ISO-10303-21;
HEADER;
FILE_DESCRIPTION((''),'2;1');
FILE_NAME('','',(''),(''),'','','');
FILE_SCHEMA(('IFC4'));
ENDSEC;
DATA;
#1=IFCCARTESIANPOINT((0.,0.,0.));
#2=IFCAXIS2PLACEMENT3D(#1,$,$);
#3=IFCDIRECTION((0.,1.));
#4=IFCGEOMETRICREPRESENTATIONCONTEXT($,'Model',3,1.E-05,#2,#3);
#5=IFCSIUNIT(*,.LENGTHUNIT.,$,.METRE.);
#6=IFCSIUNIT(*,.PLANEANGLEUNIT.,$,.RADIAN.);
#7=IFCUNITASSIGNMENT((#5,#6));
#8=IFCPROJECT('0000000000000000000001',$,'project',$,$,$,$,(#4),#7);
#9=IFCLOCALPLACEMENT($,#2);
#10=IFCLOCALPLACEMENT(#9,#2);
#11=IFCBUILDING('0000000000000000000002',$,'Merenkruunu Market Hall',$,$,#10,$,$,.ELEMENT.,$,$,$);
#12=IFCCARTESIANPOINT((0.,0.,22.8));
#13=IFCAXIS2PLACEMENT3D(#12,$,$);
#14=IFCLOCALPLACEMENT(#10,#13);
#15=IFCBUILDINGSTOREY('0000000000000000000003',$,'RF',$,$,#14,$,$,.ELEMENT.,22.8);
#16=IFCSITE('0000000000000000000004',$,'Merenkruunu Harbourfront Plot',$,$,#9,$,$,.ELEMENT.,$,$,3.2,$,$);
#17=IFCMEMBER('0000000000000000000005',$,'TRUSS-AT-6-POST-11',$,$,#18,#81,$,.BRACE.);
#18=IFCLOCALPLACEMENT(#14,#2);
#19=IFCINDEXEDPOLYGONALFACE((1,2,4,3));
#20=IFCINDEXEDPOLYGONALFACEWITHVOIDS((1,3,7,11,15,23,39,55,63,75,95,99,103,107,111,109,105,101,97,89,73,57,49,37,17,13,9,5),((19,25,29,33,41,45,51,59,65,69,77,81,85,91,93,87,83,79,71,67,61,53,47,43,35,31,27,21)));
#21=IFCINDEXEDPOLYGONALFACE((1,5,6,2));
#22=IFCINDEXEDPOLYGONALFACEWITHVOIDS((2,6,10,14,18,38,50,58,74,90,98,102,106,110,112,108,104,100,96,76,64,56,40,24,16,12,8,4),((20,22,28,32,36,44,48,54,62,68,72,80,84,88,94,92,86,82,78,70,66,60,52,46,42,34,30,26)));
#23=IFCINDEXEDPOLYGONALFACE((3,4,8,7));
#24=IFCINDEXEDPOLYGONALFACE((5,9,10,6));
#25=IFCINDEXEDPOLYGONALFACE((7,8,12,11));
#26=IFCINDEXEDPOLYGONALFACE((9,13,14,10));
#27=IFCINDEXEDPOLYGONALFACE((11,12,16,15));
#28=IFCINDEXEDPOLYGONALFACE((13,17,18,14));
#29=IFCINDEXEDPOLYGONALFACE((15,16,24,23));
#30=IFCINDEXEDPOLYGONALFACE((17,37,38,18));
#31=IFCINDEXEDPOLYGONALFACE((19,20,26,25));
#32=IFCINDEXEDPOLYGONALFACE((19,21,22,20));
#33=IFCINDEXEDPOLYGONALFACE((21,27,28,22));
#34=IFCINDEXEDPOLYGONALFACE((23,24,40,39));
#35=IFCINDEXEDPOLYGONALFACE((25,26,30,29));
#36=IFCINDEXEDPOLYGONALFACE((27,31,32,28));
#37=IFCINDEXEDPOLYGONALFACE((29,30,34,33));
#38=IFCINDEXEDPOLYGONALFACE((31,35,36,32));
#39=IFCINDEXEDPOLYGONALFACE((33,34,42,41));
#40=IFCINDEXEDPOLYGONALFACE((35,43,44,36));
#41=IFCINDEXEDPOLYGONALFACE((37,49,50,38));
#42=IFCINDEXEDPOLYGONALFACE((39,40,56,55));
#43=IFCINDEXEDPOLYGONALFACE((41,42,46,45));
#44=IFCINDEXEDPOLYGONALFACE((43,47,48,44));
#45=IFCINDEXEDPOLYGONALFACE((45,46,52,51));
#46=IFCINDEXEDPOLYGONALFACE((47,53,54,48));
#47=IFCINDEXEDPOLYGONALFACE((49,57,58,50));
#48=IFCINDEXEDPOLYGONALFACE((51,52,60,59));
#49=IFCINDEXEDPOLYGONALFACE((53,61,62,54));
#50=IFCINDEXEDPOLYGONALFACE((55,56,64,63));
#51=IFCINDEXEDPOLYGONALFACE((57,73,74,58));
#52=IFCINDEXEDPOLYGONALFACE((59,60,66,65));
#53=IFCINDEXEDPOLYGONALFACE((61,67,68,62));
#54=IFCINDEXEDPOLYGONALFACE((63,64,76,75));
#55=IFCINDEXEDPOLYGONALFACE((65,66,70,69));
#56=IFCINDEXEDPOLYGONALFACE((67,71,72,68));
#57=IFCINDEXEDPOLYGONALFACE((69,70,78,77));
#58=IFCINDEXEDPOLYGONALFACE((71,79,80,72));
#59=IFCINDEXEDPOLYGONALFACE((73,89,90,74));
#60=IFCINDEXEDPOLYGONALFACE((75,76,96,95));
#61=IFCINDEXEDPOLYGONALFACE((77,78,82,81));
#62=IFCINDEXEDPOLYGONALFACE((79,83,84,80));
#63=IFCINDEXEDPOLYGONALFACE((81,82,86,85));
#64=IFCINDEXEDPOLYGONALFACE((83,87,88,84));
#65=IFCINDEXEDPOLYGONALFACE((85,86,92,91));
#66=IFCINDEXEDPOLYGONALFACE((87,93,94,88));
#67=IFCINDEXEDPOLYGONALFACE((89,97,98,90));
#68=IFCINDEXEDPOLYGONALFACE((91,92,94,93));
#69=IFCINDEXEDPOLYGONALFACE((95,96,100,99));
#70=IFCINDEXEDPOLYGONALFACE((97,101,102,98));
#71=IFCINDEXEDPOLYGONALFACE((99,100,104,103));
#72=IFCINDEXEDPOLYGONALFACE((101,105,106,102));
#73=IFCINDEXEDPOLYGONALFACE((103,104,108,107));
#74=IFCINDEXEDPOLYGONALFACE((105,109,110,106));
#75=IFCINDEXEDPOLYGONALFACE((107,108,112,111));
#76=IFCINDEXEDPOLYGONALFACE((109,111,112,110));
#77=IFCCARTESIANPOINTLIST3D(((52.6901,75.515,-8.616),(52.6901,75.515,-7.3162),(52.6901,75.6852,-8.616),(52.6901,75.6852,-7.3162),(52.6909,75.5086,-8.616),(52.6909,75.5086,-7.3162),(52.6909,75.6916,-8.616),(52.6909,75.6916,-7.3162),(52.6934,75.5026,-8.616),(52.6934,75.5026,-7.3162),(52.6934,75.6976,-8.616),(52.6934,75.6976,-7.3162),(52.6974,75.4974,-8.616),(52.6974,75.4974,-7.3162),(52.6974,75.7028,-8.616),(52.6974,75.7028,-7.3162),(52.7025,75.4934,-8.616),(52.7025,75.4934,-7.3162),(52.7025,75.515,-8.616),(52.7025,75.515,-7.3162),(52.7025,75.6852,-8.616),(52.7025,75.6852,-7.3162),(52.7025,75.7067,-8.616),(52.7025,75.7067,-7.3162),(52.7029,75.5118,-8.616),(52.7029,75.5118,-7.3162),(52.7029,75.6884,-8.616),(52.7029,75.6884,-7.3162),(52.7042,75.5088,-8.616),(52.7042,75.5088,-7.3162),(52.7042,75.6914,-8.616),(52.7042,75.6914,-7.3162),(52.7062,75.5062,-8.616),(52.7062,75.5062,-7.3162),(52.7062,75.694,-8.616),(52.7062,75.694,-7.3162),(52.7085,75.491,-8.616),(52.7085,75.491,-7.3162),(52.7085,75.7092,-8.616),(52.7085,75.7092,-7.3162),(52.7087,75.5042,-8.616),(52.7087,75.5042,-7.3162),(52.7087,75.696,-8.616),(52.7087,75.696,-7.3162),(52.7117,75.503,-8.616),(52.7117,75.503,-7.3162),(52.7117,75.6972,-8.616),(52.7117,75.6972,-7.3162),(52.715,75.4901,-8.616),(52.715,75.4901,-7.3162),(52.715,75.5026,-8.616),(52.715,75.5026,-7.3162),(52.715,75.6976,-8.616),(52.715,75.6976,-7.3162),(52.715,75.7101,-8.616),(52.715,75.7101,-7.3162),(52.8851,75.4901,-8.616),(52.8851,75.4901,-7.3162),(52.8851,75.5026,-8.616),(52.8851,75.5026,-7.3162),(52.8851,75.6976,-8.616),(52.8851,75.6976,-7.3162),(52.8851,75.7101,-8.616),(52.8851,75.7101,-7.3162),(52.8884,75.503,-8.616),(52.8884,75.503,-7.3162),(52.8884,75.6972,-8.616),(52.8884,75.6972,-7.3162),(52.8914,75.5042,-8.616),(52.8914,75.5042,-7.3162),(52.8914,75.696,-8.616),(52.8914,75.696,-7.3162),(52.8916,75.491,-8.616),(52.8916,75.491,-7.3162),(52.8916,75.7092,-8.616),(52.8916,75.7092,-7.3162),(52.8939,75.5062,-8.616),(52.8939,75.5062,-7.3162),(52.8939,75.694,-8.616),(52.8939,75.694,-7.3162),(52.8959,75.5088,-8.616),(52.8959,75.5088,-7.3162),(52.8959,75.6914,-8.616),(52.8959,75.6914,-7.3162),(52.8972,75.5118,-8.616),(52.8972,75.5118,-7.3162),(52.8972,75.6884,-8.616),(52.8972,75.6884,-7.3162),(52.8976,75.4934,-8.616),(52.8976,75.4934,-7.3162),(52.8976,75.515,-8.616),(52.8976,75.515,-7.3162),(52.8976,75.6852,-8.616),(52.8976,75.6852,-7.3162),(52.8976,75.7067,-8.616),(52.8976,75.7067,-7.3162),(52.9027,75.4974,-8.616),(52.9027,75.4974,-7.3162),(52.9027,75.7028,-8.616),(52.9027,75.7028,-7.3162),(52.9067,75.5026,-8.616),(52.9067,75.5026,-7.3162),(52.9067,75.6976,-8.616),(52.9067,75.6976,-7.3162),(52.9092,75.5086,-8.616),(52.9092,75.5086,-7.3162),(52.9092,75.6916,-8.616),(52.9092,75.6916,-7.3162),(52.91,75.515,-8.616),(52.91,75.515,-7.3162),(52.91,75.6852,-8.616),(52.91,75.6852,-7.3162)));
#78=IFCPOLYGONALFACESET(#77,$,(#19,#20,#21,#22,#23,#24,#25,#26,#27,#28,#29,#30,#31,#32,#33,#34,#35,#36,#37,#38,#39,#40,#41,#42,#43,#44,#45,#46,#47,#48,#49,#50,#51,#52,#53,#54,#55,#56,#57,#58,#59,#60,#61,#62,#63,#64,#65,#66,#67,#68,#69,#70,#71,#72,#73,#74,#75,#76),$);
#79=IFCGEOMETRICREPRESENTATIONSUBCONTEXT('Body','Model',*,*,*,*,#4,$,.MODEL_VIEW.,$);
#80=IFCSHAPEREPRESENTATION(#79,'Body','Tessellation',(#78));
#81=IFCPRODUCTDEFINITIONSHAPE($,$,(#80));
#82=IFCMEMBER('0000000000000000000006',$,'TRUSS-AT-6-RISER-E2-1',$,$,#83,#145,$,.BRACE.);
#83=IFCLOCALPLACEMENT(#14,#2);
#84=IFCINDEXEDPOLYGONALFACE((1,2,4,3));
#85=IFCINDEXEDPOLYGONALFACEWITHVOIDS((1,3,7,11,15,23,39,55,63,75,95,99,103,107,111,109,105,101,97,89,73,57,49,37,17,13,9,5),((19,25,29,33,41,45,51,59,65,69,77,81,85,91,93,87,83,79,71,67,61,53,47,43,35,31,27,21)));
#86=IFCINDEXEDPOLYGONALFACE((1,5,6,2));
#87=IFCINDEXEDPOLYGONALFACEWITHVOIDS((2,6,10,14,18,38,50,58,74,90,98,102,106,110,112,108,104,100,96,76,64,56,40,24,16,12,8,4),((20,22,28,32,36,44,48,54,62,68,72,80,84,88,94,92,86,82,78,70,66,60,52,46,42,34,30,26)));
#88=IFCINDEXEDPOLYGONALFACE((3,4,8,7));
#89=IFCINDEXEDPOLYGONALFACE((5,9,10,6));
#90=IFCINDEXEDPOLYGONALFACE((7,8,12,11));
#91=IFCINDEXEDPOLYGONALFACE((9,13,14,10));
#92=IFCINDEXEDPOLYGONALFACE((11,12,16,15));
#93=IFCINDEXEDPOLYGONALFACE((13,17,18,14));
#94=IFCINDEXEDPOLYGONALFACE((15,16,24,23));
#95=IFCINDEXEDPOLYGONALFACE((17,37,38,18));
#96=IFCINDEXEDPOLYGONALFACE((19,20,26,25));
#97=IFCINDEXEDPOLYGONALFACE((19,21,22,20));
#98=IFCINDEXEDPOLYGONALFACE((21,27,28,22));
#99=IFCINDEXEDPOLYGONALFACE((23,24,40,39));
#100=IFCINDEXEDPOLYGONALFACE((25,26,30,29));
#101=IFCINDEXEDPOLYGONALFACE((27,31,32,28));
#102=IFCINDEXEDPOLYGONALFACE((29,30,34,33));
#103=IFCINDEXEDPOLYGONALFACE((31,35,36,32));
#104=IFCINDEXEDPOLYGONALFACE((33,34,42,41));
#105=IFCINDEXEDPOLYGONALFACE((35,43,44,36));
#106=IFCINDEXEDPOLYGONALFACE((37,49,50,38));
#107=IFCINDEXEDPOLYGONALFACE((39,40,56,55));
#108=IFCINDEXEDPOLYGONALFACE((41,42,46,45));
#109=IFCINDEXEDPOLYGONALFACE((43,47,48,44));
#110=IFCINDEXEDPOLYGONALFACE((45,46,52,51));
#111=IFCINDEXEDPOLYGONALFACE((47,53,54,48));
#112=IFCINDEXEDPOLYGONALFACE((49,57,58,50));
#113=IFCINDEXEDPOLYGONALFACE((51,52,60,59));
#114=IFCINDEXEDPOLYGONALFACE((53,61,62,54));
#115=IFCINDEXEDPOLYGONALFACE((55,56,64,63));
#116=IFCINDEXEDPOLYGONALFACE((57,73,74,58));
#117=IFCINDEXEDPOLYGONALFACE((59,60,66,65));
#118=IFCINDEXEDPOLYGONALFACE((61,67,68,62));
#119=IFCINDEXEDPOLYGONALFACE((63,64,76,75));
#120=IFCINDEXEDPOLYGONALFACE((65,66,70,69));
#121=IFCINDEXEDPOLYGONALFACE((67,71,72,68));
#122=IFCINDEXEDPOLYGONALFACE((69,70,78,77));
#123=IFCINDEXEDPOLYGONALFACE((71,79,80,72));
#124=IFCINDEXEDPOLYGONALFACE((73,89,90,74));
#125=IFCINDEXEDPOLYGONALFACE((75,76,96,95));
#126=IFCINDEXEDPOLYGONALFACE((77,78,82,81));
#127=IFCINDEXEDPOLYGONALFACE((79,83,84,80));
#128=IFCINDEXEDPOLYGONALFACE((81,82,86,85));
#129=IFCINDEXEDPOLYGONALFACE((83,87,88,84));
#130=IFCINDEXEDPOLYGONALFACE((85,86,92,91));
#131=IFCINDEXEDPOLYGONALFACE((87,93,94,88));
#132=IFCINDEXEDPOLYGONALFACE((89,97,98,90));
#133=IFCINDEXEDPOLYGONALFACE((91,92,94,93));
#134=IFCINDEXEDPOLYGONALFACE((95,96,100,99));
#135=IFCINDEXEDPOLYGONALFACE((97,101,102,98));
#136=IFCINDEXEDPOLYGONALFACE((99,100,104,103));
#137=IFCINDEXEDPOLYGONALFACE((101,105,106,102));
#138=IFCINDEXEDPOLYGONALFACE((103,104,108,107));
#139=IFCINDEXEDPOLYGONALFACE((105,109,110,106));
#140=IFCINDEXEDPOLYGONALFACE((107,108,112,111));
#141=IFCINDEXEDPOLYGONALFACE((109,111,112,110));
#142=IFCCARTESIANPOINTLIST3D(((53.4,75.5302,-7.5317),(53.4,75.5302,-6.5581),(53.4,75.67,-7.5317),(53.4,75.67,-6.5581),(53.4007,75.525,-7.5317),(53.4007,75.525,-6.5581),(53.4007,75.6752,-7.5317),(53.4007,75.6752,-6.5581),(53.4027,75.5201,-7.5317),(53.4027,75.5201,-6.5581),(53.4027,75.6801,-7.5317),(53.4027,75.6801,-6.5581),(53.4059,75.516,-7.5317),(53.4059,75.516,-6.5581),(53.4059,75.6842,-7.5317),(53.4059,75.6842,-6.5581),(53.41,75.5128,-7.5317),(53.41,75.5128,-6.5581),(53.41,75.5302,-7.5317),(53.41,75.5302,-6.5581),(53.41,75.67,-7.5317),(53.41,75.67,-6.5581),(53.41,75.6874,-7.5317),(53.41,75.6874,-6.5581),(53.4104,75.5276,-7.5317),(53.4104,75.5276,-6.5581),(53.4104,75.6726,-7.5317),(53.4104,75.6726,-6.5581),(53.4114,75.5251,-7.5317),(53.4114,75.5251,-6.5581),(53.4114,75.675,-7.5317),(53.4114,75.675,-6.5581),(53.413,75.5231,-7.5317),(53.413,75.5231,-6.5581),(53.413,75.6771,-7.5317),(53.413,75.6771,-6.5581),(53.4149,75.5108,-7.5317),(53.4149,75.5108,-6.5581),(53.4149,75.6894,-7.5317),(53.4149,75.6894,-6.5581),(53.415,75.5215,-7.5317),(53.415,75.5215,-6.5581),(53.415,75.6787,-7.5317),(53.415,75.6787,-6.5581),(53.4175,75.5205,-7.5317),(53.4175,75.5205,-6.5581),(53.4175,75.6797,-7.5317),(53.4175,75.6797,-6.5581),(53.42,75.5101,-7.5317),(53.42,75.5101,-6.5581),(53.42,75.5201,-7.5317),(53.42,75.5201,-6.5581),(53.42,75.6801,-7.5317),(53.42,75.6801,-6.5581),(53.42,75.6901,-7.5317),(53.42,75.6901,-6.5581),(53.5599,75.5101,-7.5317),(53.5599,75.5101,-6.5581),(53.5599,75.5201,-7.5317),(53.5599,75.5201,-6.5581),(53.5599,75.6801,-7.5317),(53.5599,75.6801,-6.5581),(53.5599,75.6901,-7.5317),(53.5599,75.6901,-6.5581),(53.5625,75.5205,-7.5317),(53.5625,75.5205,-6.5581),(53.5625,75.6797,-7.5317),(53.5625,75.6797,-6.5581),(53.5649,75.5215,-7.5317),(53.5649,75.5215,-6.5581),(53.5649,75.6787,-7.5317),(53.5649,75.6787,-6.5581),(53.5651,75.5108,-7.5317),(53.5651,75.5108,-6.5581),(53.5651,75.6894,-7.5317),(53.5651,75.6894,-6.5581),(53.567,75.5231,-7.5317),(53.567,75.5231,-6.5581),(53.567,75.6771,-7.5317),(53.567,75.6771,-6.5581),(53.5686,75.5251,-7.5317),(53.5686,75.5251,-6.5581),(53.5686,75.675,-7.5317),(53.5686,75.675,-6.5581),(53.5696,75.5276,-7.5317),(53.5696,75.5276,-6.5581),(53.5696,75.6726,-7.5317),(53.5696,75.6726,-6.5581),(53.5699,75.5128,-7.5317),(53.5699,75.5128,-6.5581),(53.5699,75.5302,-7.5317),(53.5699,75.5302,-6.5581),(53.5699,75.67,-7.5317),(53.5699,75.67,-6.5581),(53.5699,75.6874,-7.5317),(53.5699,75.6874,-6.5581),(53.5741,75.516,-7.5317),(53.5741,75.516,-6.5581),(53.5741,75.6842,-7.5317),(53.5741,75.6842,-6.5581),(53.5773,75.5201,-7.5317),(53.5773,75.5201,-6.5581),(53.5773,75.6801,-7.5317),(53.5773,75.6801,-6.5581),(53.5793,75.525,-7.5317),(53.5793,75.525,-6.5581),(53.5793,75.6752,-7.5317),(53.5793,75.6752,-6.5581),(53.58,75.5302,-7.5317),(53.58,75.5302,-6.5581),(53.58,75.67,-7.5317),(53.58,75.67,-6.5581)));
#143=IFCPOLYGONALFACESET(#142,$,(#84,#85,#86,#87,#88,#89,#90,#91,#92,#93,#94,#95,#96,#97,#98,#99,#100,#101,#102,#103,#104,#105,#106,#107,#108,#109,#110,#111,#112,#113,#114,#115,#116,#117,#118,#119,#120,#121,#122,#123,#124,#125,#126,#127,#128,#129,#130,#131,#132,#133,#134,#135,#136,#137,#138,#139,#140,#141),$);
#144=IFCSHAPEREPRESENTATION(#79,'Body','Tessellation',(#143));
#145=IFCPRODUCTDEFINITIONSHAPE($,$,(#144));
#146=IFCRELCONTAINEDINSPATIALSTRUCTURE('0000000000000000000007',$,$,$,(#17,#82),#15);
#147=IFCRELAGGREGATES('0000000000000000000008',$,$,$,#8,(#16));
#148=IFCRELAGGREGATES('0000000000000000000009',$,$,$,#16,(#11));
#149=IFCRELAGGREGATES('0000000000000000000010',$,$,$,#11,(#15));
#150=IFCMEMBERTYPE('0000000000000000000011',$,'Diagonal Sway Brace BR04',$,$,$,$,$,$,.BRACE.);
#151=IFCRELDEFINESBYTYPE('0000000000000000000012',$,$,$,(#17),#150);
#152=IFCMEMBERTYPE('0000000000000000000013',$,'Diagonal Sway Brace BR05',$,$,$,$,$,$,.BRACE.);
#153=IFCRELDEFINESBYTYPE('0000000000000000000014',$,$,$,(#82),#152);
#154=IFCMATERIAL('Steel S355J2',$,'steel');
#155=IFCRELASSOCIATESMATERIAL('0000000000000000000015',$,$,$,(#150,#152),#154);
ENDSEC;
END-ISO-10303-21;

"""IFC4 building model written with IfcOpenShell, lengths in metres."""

from ifc_helpers import new_model, si_unit, direction, frame, origin, origin_2d, place, context, subcontext, project, spatial, hollow_rectangle, extrude, material, material_profile, profile_set, type_object, element, save


model = new_model("IFC4")

# Units and contexts
model_context = context("Model", 3, precision=1e-05, world=origin(), true_north=direction((0.0, 1.0)))
body_context = subcontext(model_context, "Body", "Model", "MODEL_VIEW")
ifc_project = project(units=[si_unit("LENGTHUNIT", "METRE"), si_unit("PLANEANGLEUNIT", "RADIAN")], contexts=[model_context])

# Site, building, storey
site_placement = place(None, origin())
site = spatial("IfcSite", under=ifc_project, at=site_placement, Name="Merenkruunu Harbourfront Plot", CompositionType="ELEMENT", RefElevation=3.2)
building_placement = place(site_placement, origin())
building = spatial("IfcBuilding", under=site, at=building_placement, Name="Merenkruunu Market Hall", CompositionType="ELEMENT")
storey_placement = place(building_placement, frame((0.0, 0.0, 22.8)))
storey = spatial("IfcBuildingStorey", under=building, at=storey_placement, Name="RF", CompositionType="ELEMENT", Elevation=22.8)

# Members
ifc_material_1 = material(Name="Steel S355J2", Category="steel")
ifc_material_profile_1 = material_profile(ifc_material_1, hollow_rectangle(XDim=0.22, YDim=0.22, WallThickness=0.0125, InnerFilletRadius=0.0125, OuterFilletRadius=0.0249, at=origin_2d()), Name="SHS 220x220x12.5")
ifc_profile_set_1 = profile_set([ifc_material_profile_1], Name="Steel S355J2")
member_type_1 = type_object("IfcMemberType", Name="Diagonal Sway Brace BR04", PredefinedType="BRACE", material=ifc_profile_set_1)
member_1_placement = place(storey_placement, frame((52.8, 75.6001, -8.616), z_axis=(0.0, 0.0, 1.0), x_axis=(1.0, 0.0, 0.0)))
element("IfcMember", 1, at=member_1_placement, inside=storey, type_object=member_type_1, Name="TRUSS-AT-6-POST-11", PredefinedType="BRACE", context=body_context, shape_type="SweptSolid", body=[
    extrude(hollow_rectangle(XDim=0.22, YDim=0.22, WallThickness=0.0125, InnerFilletRadius=0.0125, OuterFilletRadius=0.0249, at=origin_2d()), origin(), (0.0, 0.0, 1.0), 1.2998),
])
ifc_material_profile_2 = material_profile(ifc_material_1, hollow_rectangle(XDim=0.1799, YDim=0.1799, WallThickness=0.01, InnerFilletRadius=0.01, OuterFilletRadius=0.02, at=origin_2d()), Name="SHS 180x180x10")
ifc_profile_set_2 = profile_set([ifc_material_profile_2], Name="Steel S355J2")
member_type_2 = type_object("IfcMemberType", Name="Diagonal Sway Brace BR05", PredefinedType="BRACE", material=ifc_profile_set_2)
member_2_placement = place(storey_placement, frame((53.49, 75.6001, -7.5317), z_axis=(0.0, 0.0, 1.0), x_axis=(1.0, 0.0, 0.0)))
element("IfcMember", 2, at=member_2_placement, inside=storey, type_object=member_type_2, Name="TRUSS-AT-6-RISER-E2-1", PredefinedType="BRACE", context=body_context, shape_type="SweptSolid", body=[
    extrude(hollow_rectangle(XDim=0.1799, YDim=0.1799, WallThickness=0.01, InnerFilletRadius=0.01, OuterFilletRadius=0.02, at=origin_2d()), origin(), (0.0, 0.0, 1.0), 0.9736),
])

save(model, "model.ifc")
